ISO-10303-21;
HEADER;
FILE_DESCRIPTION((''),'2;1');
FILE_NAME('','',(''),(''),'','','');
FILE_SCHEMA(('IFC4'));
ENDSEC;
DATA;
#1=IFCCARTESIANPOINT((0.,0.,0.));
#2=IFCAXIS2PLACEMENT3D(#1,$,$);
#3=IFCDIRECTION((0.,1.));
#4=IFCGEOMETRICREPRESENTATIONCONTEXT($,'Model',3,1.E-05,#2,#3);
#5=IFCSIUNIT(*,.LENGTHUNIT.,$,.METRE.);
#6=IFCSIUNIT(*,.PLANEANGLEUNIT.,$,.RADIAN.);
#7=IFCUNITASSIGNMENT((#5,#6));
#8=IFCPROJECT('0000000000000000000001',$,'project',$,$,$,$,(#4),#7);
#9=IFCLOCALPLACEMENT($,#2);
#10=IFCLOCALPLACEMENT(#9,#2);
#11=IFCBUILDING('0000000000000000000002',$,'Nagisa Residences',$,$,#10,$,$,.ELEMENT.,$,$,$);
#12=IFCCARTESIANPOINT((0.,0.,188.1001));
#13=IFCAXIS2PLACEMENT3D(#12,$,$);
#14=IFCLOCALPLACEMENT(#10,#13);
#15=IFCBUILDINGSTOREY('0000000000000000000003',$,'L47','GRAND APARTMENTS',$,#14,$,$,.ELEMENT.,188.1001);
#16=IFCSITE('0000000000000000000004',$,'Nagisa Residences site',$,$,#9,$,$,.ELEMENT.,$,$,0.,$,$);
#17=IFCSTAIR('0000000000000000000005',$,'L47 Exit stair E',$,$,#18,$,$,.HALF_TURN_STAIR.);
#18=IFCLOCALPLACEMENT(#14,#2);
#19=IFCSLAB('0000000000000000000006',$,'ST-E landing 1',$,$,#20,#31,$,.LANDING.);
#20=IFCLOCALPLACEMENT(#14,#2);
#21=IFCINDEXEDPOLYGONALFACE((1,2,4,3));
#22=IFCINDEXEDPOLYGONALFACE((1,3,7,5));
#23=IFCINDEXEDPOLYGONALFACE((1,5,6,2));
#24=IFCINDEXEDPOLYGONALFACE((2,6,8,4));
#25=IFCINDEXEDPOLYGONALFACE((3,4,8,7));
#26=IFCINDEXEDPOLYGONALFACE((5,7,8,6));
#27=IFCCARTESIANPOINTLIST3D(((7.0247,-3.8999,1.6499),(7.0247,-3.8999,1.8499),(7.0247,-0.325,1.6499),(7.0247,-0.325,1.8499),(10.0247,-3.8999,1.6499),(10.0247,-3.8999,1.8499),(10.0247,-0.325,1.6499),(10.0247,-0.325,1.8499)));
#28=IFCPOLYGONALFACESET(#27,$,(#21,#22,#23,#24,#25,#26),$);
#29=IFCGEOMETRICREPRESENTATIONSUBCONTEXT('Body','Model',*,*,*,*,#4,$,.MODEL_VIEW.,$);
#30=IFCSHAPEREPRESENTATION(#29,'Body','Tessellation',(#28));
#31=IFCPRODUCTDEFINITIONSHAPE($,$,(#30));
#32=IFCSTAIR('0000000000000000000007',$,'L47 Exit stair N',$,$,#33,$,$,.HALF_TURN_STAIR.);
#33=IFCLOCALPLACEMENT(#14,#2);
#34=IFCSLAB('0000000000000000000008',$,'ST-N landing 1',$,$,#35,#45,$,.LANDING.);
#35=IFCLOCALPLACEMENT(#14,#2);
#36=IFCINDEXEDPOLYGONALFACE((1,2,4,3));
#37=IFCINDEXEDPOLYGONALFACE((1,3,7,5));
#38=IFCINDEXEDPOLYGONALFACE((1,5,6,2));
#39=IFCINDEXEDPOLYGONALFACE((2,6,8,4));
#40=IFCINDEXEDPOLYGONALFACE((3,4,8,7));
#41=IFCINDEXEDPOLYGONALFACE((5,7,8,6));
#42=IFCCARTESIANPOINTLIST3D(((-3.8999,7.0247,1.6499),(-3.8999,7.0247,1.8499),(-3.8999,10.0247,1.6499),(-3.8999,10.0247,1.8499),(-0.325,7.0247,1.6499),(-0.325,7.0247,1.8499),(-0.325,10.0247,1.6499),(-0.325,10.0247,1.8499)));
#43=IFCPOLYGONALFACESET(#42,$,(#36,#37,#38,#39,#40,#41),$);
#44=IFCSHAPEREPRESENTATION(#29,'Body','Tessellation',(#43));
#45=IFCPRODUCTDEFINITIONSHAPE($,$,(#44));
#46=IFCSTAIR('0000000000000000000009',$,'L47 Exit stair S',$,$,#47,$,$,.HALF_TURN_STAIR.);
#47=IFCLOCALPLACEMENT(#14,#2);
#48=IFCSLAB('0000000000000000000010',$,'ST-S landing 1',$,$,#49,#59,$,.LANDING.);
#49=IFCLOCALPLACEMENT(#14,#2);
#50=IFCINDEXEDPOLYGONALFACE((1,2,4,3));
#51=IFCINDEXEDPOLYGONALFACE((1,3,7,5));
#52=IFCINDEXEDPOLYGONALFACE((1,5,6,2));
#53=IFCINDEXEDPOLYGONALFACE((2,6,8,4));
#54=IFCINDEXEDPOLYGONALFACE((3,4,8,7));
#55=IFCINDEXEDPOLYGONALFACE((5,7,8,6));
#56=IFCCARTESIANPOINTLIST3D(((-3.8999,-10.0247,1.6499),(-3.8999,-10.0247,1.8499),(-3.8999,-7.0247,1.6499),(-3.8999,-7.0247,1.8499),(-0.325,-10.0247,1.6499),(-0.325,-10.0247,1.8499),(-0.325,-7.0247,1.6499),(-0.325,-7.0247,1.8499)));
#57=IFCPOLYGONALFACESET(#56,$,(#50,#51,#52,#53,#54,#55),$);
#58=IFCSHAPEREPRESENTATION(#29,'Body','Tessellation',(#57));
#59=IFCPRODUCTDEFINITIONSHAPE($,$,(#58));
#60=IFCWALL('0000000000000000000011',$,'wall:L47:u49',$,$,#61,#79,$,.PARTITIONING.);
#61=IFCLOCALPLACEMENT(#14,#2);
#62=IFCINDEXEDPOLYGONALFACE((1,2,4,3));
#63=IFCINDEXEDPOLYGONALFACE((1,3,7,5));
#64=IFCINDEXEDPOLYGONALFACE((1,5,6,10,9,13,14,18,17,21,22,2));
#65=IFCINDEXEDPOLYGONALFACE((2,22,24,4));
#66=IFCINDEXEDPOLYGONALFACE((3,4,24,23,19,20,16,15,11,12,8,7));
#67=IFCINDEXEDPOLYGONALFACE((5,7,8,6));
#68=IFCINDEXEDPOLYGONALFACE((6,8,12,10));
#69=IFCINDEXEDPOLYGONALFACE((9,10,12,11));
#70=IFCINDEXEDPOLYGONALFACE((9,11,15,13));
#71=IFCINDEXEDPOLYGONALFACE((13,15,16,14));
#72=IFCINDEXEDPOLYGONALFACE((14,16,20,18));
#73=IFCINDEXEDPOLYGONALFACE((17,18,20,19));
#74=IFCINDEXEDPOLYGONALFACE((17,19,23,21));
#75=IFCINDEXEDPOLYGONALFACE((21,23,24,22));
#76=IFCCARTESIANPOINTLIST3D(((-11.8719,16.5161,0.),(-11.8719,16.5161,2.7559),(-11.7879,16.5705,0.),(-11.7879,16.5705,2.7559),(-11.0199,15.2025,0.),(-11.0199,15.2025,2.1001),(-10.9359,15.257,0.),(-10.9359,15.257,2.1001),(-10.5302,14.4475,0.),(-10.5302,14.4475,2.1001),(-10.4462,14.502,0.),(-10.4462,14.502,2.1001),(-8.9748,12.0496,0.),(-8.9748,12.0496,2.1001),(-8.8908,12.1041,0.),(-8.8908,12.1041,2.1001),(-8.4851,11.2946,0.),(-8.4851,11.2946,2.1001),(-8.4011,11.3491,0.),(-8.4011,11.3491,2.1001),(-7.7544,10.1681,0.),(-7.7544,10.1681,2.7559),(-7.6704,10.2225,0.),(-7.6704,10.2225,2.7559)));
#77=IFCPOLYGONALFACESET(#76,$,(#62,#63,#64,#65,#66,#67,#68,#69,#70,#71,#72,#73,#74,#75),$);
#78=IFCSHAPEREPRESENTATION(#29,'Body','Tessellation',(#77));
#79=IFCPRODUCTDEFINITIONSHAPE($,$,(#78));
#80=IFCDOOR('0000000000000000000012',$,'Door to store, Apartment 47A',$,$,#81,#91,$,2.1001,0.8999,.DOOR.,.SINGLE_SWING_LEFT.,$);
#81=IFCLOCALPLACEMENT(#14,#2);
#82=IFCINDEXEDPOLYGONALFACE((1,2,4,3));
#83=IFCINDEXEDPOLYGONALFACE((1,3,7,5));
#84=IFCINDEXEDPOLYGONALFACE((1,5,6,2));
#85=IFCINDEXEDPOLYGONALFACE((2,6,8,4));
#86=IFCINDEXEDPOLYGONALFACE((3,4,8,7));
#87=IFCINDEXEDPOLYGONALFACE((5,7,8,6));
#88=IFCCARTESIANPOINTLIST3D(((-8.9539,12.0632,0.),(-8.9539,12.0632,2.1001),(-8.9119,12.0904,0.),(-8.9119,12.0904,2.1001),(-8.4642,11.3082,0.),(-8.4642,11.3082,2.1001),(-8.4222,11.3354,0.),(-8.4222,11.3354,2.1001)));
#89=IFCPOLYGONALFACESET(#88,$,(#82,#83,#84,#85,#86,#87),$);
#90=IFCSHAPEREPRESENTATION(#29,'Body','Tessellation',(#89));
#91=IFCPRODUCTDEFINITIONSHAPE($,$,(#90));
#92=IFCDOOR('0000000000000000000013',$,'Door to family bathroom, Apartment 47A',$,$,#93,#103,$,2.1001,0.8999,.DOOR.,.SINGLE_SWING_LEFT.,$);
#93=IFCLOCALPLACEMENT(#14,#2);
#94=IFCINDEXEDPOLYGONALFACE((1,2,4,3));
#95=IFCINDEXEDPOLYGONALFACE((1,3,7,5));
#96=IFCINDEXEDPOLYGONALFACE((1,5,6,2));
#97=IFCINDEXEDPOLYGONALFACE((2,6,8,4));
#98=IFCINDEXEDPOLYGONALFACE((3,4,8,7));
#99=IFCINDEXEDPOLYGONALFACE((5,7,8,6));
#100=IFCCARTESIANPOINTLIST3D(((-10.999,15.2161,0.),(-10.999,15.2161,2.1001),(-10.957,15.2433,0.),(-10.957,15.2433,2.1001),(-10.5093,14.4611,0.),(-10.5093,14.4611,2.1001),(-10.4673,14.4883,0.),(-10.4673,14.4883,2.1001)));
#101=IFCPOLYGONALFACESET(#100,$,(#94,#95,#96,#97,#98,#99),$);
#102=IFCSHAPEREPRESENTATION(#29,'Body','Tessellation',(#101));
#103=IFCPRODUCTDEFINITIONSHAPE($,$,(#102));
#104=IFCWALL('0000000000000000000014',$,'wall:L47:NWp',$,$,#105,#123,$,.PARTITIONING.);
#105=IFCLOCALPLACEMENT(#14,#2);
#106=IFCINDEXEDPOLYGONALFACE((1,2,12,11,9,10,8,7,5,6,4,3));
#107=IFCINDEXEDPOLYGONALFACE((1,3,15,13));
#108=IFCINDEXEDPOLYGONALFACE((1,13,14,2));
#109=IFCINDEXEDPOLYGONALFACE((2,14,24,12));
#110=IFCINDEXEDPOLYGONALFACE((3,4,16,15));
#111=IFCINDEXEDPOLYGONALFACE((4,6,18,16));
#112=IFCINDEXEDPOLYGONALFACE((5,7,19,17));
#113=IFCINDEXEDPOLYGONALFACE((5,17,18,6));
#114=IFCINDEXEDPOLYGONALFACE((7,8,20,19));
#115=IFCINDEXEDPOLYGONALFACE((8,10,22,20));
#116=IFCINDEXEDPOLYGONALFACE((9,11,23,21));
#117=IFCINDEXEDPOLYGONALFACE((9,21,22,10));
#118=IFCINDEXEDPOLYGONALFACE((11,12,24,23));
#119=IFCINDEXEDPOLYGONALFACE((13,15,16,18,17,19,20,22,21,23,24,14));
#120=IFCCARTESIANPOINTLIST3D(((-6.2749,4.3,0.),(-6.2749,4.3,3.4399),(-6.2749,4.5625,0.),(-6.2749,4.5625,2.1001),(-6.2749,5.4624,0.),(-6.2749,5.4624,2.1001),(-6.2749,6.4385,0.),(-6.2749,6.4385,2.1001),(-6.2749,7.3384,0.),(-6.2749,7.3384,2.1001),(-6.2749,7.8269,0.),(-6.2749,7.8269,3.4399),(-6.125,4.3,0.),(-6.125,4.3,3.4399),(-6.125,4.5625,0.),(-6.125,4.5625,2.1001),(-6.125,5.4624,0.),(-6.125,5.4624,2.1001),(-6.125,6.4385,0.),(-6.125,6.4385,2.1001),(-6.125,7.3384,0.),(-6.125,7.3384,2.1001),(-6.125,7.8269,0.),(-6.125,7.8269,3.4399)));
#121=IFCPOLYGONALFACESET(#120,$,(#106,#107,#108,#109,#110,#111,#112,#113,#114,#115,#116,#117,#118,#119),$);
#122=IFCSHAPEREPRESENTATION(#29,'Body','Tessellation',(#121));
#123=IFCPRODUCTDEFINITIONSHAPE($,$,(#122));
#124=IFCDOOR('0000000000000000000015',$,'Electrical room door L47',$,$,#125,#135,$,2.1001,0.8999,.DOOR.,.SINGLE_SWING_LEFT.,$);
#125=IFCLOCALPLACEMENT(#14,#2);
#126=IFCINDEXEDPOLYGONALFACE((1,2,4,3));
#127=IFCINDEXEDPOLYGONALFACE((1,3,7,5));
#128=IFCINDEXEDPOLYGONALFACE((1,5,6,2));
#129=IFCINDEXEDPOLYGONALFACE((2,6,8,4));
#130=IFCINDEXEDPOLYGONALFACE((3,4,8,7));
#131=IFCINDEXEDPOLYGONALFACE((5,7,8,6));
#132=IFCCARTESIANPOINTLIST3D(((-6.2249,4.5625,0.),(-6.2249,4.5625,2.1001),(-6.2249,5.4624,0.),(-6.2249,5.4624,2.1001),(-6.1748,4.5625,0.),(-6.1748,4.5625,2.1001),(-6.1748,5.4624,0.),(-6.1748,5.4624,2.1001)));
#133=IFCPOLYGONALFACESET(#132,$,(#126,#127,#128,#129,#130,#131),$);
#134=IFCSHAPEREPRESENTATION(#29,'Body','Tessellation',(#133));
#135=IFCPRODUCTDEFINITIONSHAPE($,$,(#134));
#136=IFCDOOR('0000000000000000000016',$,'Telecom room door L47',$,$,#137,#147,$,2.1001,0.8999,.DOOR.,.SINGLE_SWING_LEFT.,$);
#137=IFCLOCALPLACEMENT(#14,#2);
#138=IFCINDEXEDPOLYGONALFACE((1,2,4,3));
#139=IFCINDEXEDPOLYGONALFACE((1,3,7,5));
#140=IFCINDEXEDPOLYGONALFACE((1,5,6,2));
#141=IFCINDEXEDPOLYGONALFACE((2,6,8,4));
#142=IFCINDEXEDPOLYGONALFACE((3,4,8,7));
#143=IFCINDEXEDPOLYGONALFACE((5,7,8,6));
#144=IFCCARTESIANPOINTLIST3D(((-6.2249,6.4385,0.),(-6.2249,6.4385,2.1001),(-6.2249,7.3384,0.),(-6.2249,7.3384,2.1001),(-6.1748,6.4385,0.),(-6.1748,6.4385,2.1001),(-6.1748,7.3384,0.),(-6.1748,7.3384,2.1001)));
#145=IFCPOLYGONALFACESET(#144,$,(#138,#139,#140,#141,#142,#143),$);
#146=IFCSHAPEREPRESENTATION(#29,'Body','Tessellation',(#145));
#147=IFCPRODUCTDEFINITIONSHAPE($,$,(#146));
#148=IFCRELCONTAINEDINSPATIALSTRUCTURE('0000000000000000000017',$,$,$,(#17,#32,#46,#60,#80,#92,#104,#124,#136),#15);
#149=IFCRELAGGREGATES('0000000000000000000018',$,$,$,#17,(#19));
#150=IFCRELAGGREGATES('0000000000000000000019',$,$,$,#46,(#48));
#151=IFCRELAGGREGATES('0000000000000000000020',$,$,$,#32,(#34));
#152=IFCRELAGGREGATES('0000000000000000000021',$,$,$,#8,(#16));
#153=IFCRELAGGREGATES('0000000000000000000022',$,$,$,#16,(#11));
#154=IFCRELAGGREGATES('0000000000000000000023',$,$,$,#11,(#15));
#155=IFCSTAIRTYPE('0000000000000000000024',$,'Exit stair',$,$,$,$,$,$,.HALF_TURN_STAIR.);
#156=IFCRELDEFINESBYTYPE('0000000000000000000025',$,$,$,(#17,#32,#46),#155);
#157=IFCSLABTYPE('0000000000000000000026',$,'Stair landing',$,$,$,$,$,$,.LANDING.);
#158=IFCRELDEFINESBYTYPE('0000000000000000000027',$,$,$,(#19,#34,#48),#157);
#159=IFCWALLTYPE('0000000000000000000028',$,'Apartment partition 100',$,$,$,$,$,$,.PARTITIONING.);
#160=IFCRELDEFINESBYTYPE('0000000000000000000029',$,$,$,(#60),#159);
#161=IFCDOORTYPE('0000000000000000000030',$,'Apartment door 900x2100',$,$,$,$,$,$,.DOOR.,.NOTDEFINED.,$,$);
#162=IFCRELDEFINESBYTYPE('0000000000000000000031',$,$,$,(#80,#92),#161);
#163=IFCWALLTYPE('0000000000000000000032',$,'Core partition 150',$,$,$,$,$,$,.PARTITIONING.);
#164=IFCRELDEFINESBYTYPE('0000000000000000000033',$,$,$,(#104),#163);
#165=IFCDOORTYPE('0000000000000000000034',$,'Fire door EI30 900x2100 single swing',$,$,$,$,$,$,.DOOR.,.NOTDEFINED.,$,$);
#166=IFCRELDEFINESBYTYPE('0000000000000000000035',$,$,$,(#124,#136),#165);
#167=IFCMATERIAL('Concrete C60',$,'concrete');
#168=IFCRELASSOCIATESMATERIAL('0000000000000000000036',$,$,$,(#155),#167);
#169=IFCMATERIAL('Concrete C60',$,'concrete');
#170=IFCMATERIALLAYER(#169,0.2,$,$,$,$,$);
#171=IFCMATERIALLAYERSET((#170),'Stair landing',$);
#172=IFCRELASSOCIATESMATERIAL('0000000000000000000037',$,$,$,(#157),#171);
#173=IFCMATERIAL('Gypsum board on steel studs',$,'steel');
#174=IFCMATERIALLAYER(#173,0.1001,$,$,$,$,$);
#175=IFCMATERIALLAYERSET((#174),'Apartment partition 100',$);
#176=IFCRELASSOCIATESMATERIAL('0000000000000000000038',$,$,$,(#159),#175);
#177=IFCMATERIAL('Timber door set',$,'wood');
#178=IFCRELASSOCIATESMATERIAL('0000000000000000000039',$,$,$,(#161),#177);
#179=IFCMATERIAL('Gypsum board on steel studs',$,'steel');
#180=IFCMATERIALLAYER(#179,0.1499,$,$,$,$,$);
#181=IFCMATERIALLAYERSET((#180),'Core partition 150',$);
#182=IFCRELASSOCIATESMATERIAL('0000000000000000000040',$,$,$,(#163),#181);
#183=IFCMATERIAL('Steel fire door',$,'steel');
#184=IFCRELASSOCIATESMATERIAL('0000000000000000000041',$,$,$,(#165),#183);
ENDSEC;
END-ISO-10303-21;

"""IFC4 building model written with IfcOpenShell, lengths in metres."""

from ifc_helpers import new_model, si_unit, direction, frame, frame_2d, origin, place, context, subcontext, project, spatial, polyline, rectangle, outline, extrude, material, layer, layer_set, type_object, element, fill, aggregate, save


model = new_model("IFC4")

# Units and contexts
model_context = context("Model", 3, precision=1e-05, world=origin(), true_north=direction((0.0, 1.0)))
body_context = subcontext(model_context, "Body", "Model", "MODEL_VIEW")
ifc_project = project(units=[si_unit("LENGTHUNIT", "METRE"), si_unit("PLANEANGLEUNIT", "RADIAN")], contexts=[model_context])

# Site, building, storey
site_placement = place(None, origin())
site = spatial("IfcSite", under=ifc_project, at=site_placement, Name="Nagisa Residences site", CompositionType="ELEMENT", RefElevation=0.0)
building_placement = place(site_placement, origin())
building = spatial("IfcBuilding", under=site, at=building_placement, Name="Nagisa Residences", CompositionType="ELEMENT")
storey_placement = place(building_placement, frame((0.0, 0.0, 188.1001)))
storey = spatial("IfcBuildingStorey", under=building, at=storey_placement, Name="L47", Description="GRAND APARTMENTS", CompositionType="ELEMENT", Elevation=188.1001)

# Stairs, slabs
ifc_material_1 = material(Name="Concrete C60", Category="concrete")
stair_type = type_object("IfcStairType", Name="Exit stair", PredefinedType="HALF_TURN_STAIR", material=ifc_material_1)
stair_1_placement = place(storey_placement, origin())
stair_1 = element("IfcStair", 1, at=stair_1_placement, inside=storey, type_object=stair_type, Name="L47 Exit stair E", PredefinedType="HALF_TURN_STAIR")
ifc_material_2 = material(Name="Concrete C60", Category="concrete")
ifc_layer_1 = layer(ifc_material_2, 0.2)
ifc_layer_set_1 = layer_set([ifc_layer_1], Name="Stair landing")
slab_type = type_object("IfcSlabType", Name="Stair landing", PredefinedType="LANDING", material=ifc_layer_set_1)
slab_1_placement = place(storey_placement, frame((0.0, 0.0, 1.6499)))
slab_1 = element("IfcSlab", 2, at=slab_1_placement, type_object=slab_type, Name="ST-E landing 1", PredefinedType="LANDING", context=body_context, shape_type="SweptSolid", body=[
    extrude(outline(polyline([(7.0247, -0.325), (7.0247, -3.8999), (10.0247, -3.8999), (10.0247, -0.325), (7.0247, -0.325)])), origin(), (0.0, 0.0, 1.0), 0.2),
])
aggregate(stair_1, [slab_1])
stair_2_placement = place(storey_placement, origin())
stair_2 = element("IfcStair", 3, at=stair_2_placement, inside=storey, type_object=stair_type, Name="L47 Exit stair N", PredefinedType="HALF_TURN_STAIR")
slab_2_placement = place(storey_placement, frame((0.0, 0.0, 1.6499)))
slab_2 = element("IfcSlab", 4, at=slab_2_placement, type_object=slab_type, Name="ST-N landing 1", PredefinedType="LANDING", context=body_context, shape_type="SweptSolid", body=[
    extrude(outline(polyline([(-0.325, 10.0247), (-3.8999, 10.0247), (-3.8999, 7.0247), (-0.325, 7.0247), (-0.325, 10.0247)])), origin(), (0.0, 0.0, 1.0), 0.2),
])
stair_3_placement = place(storey_placement, origin())
stair_3 = element("IfcStair", 5, at=stair_3_placement, inside=storey, type_object=stair_type, Name="L47 Exit stair S", PredefinedType="HALF_TURN_STAIR")
slab_3_placement = place(storey_placement, frame((0.0, 0.0, 1.6499)))
slab_3 = element("IfcSlab", 6, at=slab_3_placement, type_object=slab_type, Name="ST-S landing 1", PredefinedType="LANDING", context=body_context, shape_type="SweptSolid", body=[
    extrude(outline(polyline([(-0.325, -7.0247), (-3.8999, -7.0247), (-3.8999, -10.0247), (-0.325, -10.0247), (-0.325, -7.0247)])), origin(), (0.0, 0.0, 1.0), 0.2),
])
aggregate(stair_3, [slab_3])

# Walls, openings, doors
ifc_material_3 = material(Name="Gypsum board on steel studs", Category="steel")
ifc_layer_2 = layer(ifc_material_3, 0.1001)
ifc_layer_set_2 = layer_set([ifc_layer_2], Name="Apartment partition 100")
wall_type_1 = type_object("IfcWallType", Name="Apartment partition 100", PredefinedType="PARTITIONING", material=ifc_layer_set_2)
wall_1_placement = place(storey_placement, frame((-7.7124, 10.1953, 0.0), z_axis=(0.0, 0.0, 1.0), x_axis=(-0.544179, 0.838969, 0.0)))
wall_1 = element("IfcWall", 7, at=wall_1_placement, inside=storey, type_object=wall_type_1, Name="wall:L47:u49", PredefinedType="PARTITIONING", context=body_context, shape_type="SweptSolid", body=[
    extrude(rectangle(XDim=7.5664, YDim=0.1001, at=frame_2d((3.7832, 0.0))), origin(), (0.0, 0.0, 1.0), 2.7559),
])
opening_1_placement = place(wall_1_placement, frame((1.3428, 0.0, 0.0)))
opening_1 = element("IfcOpeningElement", 8, at=opening_1_placement, cuts=wall_1, PredefinedType="OPENING", context=body_context, shape_type="SweptSolid", body=[
    extrude(rectangle(XDim=0.8999, YDim=2.1001, at=frame_2d((0.45, 1.05))), frame((0.0, 0.0601, 0.0), z_axis=(0.0, -1.0, 0.0), x_axis=(1.0, 0.0, 0.0)), (0.0, 0.0, 1.0), 0.1201),
])
opening_2_placement = place(wall_1_placement, frame((5.1008, 0.0, 0.0)))
opening_2 = element("IfcOpeningElement", 9, at=opening_2_placement, cuts=wall_1, PredefinedType="OPENING", context=body_context, shape_type="SweptSolid", body=[
    extrude(rectangle(XDim=0.8999, YDim=2.1001, at=frame_2d((0.45, 1.05))), frame((0.0, 0.0601, 0.0), z_axis=(0.0, -1.0, 0.0), x_axis=(1.0, 0.0, 0.0)), (0.0, 0.0, 1.0), 0.1201),
])
ifc_material_4 = material(Name="Timber door set", Category="wood")
door_type_1 = type_object("IfcDoorType", Name="Apartment door 900x2100", OperationType="NOTDEFINED", PredefinedType="DOOR", material=ifc_material_4)
door_1_placement = place(opening_1_placement, frame((0.8999, 0.0, 0.0), x_axis=(-1.0, 0.0, 0.0)))
door_1 = element("IfcDoor", 10, at=door_1_placement, inside=storey, type_object=door_type_1, Name="Door to store, Apartment 47A", OperationType="SINGLE_SWING_LEFT", OverallHeight=2.1001, OverallWidth=0.8999, PredefinedType="DOOR", context=body_context, shape_type="SweptSolid", body=[
    extrude(rectangle(XDim=0.8999, YDim=2.1001, at=frame_2d((0.45, 1.05))), frame((0.0, 0.0249, 0.0), z_axis=(0.0, -1.0, 0.0), x_axis=(1.0, 0.0, 0.0)), (0.0, 0.0, 1.0), 0.05),
])
fill(opening_1, door_1)
door_2_placement = place(opening_2_placement, frame((0.8999, 0.0, 0.0), x_axis=(-1.0, 0.0, 0.0)))
door_2 = element("IfcDoor", 11, at=door_2_placement, inside=storey, type_object=door_type_1, Name="Door to family bathroom, Apartment 47A", OperationType="SINGLE_SWING_LEFT", OverallHeight=2.1001, OverallWidth=0.8999, PredefinedType="DOOR", context=body_context, shape_type="SweptSolid", body=[
    extrude(rectangle(XDim=0.8999, YDim=2.1001, at=frame_2d((0.45, 1.05))), frame((0.0, 0.0249, 0.0), z_axis=(0.0, -1.0, 0.0), x_axis=(1.0, 0.0, 0.0)), (0.0, 0.0, 1.0), 0.05),
])
fill(opening_2, door_2)
ifc_material_5 = material(Name="Gypsum board on steel studs", Category="steel")
ifc_layer_3 = layer(ifc_material_5, 0.1499)
ifc_layer_set_3 = layer_set([ifc_layer_3], Name="Core partition 150")
wall_type_2 = type_object("IfcWallType", Name="Core partition 150", PredefinedType="PARTITIONING", material=ifc_layer_set_3)
wall_2_placement = place(storey_placement, frame((-6.2, 4.3, 0.0), z_axis=(0.0, 0.0, 1.0), x_axis=(0.0, 1.0, 0.0)))
wall_2 = element("IfcWall", 12, at=wall_2_placement, inside=storey, type_object=wall_type_2, Name="wall:L47:NWp", PredefinedType="PARTITIONING", context=body_context, shape_type="SweptSolid", body=[
    extrude(rectangle(XDim=3.5269, YDim=0.1499, at=frame_2d((1.7634, 0.0))), origin(), (0.0, 0.0, 1.0), 3.4399),
])
opening_3_placement = place(wall_2_placement, frame((0.2625, 0.0, 0.0)))
opening_3 = element("IfcOpeningElement", 13, at=opening_3_placement, cuts=wall_2, PredefinedType="OPENING", context=body_context, shape_type="SweptSolid", body=[
    extrude(rectangle(XDim=0.8999, YDim=2.1001, at=frame_2d((0.45, 1.05))), frame((0.0, 0.085, 0.0), z_axis=(0.0, -1.0, 0.0), x_axis=(1.0, 0.0, 0.0)), (0.0, 0.0, 1.0), 0.1699),
])
opening_4_placement = place(wall_2_placement, frame((2.1384, 0.0, 0.0)))
opening_4 = element("IfcOpeningElement", 14, at=opening_4_placement, cuts=wall_2, PredefinedType="OPENING", context=body_context, shape_type="SweptSolid", body=[
    extrude(rectangle(XDim=0.8999, YDim=2.1001, at=frame_2d((0.45, 1.05))), frame((0.0, 0.085, 0.0), z_axis=(0.0, -1.0, 0.0), x_axis=(1.0, 0.0, 0.0)), (0.0, 0.0, 1.0), 0.1699),
])
ifc_material_6 = material(Name="Steel fire door", Category="steel")
door_type_2 = type_object("IfcDoorType", Name="Fire door EI30 900x2100 single swing", OperationType="NOTDEFINED", PredefinedType="DOOR", material=ifc_material_6)
door_3_placement = place(opening_3_placement, origin())
door_3 = element("IfcDoor", 15, at=door_3_placement, inside=storey, type_object=door_type_2, Name="Electrical room door L47", OperationType="SINGLE_SWING_LEFT", OverallHeight=2.1001, OverallWidth=0.8999, PredefinedType="DOOR", context=body_context, shape_type="SweptSolid", body=[
    extrude(rectangle(XDim=0.8999, YDim=2.1001, at=frame_2d((0.45, 1.05))), frame((0.0, 0.0249, 0.0), z_axis=(0.0, -1.0, 0.0), x_axis=(1.0, 0.0, 0.0)), (0.0, 0.0, 1.0), 0.05),
])
fill(opening_3, door_3)
door_4_placement = place(opening_4_placement, origin())
door_4 = element("IfcDoor", 16, at=door_4_placement, inside=storey, type_object=door_type_2, Name="Telecom room door L47", OperationType="SINGLE_SWING_LEFT", OverallHeight=2.1001, OverallWidth=0.8999, PredefinedType="DOOR", context=body_context, shape_type="SweptSolid", body=[
    extrude(rectangle(XDim=0.8999, YDim=2.1001, at=frame_2d((0.45, 1.05))), frame((0.0, 0.0249, 0.0), z_axis=(0.0, -1.0, 0.0), x_axis=(1.0, 0.0, 0.0)), (0.0, 0.0, 1.0), 0.05),
])
fill(opening_4, door_4)

aggregate(stair_2, [slab_2])

save(model, "model.ifc")
